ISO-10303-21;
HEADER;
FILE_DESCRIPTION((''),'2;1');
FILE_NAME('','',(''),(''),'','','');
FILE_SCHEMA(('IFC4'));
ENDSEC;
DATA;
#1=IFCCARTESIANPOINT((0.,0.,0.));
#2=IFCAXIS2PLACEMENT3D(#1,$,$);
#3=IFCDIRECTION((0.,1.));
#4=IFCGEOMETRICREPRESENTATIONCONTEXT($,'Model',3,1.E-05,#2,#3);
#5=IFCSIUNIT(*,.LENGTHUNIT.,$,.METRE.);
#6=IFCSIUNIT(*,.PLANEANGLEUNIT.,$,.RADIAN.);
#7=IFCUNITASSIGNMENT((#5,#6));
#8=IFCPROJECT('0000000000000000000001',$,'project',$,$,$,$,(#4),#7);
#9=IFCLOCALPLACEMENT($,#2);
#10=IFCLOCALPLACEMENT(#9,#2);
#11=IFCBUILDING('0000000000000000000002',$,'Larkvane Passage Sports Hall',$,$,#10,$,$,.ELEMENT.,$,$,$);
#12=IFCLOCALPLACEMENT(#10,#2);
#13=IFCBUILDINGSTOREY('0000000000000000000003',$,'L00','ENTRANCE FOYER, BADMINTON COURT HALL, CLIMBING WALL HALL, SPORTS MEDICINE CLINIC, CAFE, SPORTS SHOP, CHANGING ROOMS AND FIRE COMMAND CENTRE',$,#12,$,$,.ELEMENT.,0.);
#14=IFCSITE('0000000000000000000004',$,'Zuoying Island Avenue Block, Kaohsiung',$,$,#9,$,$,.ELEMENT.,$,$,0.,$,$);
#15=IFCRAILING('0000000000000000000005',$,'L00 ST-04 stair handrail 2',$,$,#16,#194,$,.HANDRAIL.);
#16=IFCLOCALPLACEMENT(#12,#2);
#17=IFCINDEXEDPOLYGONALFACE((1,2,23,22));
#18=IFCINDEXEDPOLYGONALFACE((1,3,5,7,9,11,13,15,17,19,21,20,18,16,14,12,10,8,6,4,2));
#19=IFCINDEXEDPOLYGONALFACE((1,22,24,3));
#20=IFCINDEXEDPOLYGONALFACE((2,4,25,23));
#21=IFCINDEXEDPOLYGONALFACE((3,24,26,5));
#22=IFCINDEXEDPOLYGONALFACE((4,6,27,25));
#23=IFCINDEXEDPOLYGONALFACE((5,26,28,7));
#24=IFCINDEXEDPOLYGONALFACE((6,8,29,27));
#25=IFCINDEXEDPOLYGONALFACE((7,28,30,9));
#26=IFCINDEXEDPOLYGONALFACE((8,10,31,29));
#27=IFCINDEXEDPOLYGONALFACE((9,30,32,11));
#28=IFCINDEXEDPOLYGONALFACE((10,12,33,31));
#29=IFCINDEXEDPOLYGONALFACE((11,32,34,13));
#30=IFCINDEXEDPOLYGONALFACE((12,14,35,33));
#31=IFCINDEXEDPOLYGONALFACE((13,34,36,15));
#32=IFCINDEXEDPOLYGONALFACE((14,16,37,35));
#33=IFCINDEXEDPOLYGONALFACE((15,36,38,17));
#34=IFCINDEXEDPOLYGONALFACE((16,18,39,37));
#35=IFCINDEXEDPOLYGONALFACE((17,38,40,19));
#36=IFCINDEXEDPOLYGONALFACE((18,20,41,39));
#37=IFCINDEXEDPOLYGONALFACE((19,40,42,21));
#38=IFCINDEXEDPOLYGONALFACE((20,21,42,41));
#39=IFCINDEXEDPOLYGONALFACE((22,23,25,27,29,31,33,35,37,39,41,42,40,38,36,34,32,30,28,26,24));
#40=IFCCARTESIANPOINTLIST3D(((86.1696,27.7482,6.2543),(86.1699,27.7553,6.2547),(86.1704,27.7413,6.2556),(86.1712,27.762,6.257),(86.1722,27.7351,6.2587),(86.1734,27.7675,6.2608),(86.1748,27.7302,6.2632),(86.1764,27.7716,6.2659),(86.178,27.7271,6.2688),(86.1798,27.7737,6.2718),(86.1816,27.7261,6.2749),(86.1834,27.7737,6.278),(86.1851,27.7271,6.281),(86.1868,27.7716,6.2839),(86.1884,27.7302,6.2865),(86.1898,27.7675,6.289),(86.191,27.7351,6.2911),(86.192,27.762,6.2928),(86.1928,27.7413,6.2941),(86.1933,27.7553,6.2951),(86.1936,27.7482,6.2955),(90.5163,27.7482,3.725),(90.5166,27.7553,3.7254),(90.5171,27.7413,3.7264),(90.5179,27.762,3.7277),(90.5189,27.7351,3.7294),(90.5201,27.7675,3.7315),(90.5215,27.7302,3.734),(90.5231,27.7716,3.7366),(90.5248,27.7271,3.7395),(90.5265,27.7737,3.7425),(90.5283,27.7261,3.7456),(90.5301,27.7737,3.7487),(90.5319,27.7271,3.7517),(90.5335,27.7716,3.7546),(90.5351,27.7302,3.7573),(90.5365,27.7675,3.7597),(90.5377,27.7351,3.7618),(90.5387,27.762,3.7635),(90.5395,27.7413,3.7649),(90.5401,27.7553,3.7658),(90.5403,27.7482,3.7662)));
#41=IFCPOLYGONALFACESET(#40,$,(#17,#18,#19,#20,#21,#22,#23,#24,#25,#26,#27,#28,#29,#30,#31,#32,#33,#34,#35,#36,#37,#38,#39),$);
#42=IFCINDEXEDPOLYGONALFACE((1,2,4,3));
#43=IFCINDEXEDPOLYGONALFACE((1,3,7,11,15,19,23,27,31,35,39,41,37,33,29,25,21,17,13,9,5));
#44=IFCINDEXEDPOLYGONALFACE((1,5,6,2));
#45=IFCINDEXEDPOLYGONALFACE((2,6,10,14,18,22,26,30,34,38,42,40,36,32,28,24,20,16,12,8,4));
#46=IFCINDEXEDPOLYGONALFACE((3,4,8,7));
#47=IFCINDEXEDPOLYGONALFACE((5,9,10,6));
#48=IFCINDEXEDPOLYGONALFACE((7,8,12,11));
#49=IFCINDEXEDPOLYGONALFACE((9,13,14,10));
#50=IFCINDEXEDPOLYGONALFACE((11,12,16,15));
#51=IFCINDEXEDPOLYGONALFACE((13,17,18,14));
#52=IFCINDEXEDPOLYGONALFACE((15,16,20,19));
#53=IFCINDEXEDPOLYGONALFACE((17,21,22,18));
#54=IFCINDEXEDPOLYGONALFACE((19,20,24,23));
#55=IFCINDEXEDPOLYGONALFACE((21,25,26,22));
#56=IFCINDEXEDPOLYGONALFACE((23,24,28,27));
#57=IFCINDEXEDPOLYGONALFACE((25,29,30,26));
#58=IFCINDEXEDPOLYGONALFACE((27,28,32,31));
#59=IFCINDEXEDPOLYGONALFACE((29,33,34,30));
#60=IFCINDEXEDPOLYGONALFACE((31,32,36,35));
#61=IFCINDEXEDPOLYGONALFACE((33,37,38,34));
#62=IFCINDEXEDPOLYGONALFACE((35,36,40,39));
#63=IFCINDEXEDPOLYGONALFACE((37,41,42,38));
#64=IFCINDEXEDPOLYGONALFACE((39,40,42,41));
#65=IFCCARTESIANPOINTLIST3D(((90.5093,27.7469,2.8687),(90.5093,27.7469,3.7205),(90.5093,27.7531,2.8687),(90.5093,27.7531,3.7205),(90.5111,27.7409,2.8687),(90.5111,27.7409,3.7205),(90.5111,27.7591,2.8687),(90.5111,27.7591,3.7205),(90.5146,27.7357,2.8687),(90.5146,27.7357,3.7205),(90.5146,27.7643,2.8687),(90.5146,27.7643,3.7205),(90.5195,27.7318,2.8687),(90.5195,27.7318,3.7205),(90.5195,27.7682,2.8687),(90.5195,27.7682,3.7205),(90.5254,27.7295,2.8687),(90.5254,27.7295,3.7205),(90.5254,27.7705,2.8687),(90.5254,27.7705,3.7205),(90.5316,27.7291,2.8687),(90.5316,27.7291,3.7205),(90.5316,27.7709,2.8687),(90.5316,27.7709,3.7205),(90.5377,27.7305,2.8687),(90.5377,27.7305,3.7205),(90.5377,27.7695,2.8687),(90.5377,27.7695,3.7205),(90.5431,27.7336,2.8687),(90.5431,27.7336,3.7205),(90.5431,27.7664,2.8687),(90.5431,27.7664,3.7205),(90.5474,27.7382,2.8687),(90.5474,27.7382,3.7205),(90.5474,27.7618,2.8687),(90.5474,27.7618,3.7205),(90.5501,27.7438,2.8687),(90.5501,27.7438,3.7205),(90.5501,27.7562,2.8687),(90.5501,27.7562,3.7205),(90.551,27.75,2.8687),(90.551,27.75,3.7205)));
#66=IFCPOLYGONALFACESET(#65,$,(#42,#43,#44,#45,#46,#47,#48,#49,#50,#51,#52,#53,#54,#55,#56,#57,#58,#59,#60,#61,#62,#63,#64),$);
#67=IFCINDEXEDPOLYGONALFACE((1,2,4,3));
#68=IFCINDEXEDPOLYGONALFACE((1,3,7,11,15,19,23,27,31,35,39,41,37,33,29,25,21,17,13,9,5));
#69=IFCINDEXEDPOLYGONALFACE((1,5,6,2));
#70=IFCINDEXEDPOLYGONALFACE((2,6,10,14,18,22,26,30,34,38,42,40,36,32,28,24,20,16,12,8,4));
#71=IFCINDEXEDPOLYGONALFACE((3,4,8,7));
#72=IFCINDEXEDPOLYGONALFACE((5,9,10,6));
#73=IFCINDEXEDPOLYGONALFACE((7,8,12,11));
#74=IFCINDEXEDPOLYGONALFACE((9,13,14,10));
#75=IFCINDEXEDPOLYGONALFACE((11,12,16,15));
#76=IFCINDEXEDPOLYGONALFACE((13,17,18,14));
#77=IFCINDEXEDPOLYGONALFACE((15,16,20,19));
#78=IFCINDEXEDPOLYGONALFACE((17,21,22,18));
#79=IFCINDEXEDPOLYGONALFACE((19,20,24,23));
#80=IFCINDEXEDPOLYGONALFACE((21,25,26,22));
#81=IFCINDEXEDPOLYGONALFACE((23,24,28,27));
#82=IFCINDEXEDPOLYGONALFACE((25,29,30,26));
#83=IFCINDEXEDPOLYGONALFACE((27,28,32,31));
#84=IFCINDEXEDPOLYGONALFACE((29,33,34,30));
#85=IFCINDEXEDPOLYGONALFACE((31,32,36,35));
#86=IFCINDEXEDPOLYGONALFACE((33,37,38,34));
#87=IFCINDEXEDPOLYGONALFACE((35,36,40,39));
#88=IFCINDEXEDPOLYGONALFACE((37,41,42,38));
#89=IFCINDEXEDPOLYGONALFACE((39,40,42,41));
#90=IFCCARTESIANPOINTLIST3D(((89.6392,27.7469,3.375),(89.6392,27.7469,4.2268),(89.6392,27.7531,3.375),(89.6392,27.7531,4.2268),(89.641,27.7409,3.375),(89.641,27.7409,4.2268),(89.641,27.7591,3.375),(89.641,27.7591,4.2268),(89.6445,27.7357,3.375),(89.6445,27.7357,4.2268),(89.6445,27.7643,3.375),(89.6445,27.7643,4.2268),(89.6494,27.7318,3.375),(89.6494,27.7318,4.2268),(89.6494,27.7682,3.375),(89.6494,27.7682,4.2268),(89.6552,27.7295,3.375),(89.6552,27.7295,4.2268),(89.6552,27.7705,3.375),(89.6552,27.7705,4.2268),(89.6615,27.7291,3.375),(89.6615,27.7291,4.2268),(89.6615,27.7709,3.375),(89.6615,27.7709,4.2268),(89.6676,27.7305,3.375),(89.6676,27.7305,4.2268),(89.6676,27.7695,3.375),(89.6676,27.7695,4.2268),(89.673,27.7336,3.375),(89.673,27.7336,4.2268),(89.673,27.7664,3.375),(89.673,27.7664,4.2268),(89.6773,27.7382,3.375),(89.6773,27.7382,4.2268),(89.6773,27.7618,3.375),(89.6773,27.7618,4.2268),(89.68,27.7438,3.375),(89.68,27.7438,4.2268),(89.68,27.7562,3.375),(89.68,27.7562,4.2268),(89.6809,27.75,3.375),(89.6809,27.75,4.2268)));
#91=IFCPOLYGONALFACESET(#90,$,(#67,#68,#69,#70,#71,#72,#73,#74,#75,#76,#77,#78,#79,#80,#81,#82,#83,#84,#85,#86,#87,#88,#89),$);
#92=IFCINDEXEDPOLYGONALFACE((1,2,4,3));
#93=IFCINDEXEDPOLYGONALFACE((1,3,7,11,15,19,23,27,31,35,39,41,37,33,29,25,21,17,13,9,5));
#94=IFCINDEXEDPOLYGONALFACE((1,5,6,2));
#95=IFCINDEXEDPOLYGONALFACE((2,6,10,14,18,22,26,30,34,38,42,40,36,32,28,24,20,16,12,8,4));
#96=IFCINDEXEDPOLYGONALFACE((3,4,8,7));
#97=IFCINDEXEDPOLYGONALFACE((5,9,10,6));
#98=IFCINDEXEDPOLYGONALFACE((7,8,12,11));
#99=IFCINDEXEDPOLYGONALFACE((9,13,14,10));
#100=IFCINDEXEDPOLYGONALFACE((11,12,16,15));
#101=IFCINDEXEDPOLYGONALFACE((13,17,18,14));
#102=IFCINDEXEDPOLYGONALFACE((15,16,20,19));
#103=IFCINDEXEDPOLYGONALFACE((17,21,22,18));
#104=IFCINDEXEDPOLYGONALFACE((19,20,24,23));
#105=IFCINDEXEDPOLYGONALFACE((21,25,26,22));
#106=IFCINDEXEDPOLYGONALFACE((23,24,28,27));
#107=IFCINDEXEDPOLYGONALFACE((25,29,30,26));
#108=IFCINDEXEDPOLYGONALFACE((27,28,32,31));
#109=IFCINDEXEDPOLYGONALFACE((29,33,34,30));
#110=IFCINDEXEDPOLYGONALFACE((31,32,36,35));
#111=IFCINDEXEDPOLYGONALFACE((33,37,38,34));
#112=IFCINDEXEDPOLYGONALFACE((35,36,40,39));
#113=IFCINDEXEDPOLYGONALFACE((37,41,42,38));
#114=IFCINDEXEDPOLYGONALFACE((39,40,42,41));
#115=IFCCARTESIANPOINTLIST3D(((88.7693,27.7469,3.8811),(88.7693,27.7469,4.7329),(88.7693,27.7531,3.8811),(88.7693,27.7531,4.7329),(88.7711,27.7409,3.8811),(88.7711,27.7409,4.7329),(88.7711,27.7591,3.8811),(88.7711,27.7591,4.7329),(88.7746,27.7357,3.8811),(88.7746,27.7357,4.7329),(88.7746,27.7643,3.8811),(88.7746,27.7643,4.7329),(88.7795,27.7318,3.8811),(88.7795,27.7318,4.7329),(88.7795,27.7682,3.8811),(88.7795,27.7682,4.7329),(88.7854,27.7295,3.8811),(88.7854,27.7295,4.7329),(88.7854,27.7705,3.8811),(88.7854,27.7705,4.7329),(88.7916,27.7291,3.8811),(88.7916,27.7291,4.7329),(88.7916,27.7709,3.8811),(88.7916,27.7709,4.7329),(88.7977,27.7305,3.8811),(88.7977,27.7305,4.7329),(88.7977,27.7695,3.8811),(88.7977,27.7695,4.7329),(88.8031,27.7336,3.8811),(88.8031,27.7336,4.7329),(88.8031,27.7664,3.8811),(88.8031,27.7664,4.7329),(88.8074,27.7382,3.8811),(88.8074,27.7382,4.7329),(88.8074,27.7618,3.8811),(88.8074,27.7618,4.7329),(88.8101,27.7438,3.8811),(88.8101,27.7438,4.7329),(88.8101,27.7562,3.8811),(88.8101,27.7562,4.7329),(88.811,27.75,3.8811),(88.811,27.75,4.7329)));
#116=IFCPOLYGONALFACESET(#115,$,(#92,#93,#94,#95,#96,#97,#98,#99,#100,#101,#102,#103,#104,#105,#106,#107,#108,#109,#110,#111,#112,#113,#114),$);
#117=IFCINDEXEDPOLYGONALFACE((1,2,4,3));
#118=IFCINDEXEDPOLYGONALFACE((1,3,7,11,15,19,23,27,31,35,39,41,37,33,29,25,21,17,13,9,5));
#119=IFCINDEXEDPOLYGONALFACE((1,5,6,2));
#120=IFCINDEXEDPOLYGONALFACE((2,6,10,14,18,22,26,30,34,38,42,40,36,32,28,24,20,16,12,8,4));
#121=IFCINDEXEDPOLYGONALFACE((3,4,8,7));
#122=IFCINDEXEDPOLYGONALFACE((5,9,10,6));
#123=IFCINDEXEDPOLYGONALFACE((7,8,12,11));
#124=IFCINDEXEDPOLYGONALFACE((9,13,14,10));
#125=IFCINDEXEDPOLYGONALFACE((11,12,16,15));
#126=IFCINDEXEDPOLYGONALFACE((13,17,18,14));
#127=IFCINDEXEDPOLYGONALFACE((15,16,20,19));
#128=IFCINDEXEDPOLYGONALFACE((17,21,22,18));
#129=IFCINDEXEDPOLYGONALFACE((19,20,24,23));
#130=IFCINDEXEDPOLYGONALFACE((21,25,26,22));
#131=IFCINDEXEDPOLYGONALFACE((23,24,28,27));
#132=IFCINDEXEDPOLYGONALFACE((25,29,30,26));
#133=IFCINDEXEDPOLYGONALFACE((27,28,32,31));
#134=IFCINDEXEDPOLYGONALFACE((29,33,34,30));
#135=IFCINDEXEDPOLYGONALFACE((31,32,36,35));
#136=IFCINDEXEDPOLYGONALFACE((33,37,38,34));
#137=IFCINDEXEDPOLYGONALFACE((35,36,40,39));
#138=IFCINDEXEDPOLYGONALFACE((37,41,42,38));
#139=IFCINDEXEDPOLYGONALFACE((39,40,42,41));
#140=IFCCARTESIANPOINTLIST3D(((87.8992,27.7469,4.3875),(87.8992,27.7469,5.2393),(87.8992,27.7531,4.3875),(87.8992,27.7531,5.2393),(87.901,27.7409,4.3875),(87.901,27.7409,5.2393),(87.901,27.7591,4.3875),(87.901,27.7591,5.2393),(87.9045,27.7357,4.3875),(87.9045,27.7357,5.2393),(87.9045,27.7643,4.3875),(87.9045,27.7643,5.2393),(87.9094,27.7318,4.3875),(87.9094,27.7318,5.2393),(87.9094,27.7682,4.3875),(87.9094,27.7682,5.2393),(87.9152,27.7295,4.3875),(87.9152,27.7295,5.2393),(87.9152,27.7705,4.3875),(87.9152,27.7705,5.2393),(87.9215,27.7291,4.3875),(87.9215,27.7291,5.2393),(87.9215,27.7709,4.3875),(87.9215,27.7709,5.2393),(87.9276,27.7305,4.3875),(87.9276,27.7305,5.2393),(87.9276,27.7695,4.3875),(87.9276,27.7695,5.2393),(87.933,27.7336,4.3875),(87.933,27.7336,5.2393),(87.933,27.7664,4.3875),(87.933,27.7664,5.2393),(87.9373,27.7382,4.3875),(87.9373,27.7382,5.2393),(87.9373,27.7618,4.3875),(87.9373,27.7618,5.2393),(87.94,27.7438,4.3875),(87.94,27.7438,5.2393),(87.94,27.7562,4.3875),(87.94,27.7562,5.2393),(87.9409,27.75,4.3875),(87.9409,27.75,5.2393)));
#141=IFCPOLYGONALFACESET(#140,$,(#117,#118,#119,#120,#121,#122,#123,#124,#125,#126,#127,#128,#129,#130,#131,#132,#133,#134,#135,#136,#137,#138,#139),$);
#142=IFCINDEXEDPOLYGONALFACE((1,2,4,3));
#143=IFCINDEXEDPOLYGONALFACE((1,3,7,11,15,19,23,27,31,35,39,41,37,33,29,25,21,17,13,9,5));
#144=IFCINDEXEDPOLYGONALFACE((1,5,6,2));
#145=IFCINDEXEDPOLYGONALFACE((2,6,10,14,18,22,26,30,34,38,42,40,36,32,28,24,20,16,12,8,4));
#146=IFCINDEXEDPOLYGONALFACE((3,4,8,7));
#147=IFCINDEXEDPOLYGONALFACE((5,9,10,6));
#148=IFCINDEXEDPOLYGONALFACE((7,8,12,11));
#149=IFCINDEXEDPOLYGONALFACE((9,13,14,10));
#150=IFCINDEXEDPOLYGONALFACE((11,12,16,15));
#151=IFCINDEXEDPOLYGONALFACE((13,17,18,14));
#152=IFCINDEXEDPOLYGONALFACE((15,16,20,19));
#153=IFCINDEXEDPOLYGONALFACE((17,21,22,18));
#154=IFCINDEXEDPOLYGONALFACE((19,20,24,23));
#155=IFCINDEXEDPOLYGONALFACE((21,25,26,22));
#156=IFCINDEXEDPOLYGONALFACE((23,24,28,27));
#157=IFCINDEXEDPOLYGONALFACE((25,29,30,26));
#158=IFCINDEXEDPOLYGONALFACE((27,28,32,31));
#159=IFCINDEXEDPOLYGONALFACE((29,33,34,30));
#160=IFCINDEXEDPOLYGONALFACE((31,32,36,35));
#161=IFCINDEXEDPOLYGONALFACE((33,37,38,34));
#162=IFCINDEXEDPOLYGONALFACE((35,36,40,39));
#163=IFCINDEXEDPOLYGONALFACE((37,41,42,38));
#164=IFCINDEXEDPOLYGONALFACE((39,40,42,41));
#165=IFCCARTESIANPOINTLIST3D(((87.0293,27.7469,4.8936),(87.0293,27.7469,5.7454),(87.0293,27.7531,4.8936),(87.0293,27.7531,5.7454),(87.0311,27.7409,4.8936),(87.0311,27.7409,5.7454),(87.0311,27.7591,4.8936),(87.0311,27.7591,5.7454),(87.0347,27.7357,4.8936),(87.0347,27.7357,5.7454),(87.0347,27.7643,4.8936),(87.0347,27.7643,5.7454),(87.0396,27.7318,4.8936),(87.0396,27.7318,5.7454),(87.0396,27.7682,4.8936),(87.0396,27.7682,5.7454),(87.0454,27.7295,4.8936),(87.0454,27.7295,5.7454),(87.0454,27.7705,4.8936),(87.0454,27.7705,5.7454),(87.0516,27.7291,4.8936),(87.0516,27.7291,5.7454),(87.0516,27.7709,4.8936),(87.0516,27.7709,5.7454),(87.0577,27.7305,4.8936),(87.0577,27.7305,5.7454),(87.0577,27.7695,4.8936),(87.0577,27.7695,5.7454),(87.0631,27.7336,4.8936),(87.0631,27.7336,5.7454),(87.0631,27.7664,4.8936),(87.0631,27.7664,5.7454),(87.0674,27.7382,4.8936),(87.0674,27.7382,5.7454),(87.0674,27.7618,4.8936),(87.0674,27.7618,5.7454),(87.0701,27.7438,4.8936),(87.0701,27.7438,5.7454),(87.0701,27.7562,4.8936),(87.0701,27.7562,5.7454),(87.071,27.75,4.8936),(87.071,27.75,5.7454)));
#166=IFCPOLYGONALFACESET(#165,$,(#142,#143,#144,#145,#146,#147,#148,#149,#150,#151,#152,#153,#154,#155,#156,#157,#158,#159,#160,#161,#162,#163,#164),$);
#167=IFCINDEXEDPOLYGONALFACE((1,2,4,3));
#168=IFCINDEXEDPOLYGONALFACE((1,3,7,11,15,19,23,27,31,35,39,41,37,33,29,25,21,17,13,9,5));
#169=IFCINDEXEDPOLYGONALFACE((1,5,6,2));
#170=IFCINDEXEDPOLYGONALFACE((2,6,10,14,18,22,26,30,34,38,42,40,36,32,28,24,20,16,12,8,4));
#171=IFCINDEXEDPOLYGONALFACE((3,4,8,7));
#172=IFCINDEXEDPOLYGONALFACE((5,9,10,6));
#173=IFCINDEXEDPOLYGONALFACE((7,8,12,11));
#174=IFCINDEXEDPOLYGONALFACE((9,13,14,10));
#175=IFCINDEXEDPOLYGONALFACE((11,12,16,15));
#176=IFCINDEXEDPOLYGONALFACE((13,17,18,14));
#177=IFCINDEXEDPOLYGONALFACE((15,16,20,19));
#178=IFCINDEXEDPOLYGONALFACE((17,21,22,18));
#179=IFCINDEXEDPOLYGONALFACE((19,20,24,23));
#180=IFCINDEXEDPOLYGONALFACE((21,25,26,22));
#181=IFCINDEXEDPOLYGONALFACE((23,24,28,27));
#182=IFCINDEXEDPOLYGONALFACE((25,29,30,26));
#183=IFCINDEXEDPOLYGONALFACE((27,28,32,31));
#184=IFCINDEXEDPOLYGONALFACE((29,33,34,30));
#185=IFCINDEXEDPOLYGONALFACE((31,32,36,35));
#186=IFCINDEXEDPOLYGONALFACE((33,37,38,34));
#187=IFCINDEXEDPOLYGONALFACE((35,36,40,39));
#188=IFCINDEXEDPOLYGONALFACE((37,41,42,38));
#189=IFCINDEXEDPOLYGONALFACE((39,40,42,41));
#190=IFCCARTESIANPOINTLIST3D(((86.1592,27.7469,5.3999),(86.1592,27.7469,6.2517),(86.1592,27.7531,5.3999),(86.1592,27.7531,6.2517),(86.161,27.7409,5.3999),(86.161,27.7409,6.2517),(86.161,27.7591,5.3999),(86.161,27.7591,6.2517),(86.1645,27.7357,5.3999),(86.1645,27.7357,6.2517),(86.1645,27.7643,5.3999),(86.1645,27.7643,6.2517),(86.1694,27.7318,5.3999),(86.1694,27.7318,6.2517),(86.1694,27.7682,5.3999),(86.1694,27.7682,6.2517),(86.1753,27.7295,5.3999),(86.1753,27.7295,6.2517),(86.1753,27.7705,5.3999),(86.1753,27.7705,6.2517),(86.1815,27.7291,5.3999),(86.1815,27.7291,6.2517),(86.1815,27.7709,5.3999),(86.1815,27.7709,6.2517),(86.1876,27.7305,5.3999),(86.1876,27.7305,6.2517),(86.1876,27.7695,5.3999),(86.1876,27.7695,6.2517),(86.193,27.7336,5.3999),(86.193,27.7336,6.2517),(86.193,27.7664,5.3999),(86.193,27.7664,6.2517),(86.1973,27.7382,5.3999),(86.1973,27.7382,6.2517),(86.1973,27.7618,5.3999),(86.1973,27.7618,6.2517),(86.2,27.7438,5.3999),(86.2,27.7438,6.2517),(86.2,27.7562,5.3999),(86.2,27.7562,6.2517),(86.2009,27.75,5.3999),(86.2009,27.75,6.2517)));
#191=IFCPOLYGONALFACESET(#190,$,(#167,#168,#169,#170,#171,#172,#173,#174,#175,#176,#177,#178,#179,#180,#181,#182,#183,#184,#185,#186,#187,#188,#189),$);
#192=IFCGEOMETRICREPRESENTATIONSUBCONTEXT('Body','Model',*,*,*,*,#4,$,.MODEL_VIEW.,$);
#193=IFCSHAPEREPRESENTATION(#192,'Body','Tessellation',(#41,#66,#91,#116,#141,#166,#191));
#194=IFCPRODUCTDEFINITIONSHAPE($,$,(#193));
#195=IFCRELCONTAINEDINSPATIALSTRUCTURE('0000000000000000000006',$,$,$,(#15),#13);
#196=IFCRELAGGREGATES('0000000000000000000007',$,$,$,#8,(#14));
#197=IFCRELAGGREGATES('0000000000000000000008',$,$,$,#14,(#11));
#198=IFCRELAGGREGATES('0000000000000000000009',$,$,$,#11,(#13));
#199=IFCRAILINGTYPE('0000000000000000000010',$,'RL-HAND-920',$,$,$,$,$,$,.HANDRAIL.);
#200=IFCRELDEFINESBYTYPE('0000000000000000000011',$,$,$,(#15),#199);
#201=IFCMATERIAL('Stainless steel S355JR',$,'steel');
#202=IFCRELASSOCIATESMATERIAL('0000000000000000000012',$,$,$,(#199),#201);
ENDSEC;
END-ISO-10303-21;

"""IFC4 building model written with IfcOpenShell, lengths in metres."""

from ifc_helpers import new_model, si_unit, direction, frame, origin, origin_2d, place, context, subcontext, project, spatial, circle, extrude, material, type_object, element, save


model = new_model("IFC4")

# Units and contexts
model_context = context("Model", 3, precision=1e-05, world=origin(), true_north=direction((0.0, 1.0)))
body_context = subcontext(model_context, "Body", "Model", "MODEL_VIEW")
ifc_project = project(units=[si_unit("LENGTHUNIT", "METRE"), si_unit("PLANEANGLEUNIT", "RADIAN")], contexts=[model_context])

# Site, building, storey
site_placement = place(None, origin())
site = spatial("IfcSite", under=ifc_project, at=site_placement, Name="Zuoying Island Avenue Block, Kaohsiung", CompositionType="ELEMENT", RefElevation=0.0)
building_placement = place(site_placement, origin())
building = spatial("IfcBuilding", under=site, at=building_placement, Name="Larkvane Passage Sports Hall", CompositionType="ELEMENT")
storey_placement = place(building_placement, origin())
storey = spatial("IfcBuildingStorey", under=building, at=storey_placement, Name="L00", Description="ENTRANCE FOYER, BADMINTON COURT HALL, CLIMBING WALL HALL, SPORTS MEDICINE CLINIC, CAFE, SPORTS SHOP, CHANGING ROOMS AND FIRE COMMAND CENTRE", CompositionType="ELEMENT", Elevation=0.0)

# Railing
ifc_material_1 = material(Name="Stainless steel S355JR", Category="steel")
railing_type_1 = type_object("IfcRailingType", Name="RL-HAND-920", PredefinedType="HANDRAIL", material=ifc_material_1)
railing_1_placement = place(storey_placement, frame((90.53, 27.75, 2.8687)))
element("IfcRailing", 1, at=railing_1_placement, inside=storey, type_object=railing_type_1, Name="L00 ST-04 stair handrail 2", PredefinedType="HANDRAIL", context=body_context, shape_type="SweptSolid", body=[
    extrude(circle(Radius=0.0239, at=origin_2d()), frame((-0.0017, 0.0, 0.877), z_axis=(-0.864324, 0.0, 0.502936), x_axis=(0.0, -1.0, 0.0)), (0.0, 0.0, 1.0), 5.0291),
    extrude(circle(Radius=0.021, at=origin_2d()), origin(), (0.0, 0.0, 1.0), 0.8518),
    extrude(circle(Radius=0.021, at=origin_2d()), frame((-0.8701, 0.0, 0.5063)), (0.0, 0.0, 1.0), 0.8518),
    extrude(circle(Radius=0.021, at=origin_2d()), frame((-1.74, 0.0, 1.0125)), (0.0, 0.0, 1.0), 0.8518),
    extrude(circle(Radius=0.021, at=origin_2d()), frame((-2.6101, 0.0, 1.5188)), (0.0, 0.0, 1.0), 0.8518),
    extrude(circle(Radius=0.021, at=origin_2d()), frame((-3.48, 0.0, 2.0249)), (0.0, 0.0, 1.0), 0.8518),
    extrude(circle(Radius=0.021, at=origin_2d()), frame((-4.3501, 0.0, 2.5312)), (0.0, 0.0, 1.0), 0.8518),
])

save(model, "model.ifc")
